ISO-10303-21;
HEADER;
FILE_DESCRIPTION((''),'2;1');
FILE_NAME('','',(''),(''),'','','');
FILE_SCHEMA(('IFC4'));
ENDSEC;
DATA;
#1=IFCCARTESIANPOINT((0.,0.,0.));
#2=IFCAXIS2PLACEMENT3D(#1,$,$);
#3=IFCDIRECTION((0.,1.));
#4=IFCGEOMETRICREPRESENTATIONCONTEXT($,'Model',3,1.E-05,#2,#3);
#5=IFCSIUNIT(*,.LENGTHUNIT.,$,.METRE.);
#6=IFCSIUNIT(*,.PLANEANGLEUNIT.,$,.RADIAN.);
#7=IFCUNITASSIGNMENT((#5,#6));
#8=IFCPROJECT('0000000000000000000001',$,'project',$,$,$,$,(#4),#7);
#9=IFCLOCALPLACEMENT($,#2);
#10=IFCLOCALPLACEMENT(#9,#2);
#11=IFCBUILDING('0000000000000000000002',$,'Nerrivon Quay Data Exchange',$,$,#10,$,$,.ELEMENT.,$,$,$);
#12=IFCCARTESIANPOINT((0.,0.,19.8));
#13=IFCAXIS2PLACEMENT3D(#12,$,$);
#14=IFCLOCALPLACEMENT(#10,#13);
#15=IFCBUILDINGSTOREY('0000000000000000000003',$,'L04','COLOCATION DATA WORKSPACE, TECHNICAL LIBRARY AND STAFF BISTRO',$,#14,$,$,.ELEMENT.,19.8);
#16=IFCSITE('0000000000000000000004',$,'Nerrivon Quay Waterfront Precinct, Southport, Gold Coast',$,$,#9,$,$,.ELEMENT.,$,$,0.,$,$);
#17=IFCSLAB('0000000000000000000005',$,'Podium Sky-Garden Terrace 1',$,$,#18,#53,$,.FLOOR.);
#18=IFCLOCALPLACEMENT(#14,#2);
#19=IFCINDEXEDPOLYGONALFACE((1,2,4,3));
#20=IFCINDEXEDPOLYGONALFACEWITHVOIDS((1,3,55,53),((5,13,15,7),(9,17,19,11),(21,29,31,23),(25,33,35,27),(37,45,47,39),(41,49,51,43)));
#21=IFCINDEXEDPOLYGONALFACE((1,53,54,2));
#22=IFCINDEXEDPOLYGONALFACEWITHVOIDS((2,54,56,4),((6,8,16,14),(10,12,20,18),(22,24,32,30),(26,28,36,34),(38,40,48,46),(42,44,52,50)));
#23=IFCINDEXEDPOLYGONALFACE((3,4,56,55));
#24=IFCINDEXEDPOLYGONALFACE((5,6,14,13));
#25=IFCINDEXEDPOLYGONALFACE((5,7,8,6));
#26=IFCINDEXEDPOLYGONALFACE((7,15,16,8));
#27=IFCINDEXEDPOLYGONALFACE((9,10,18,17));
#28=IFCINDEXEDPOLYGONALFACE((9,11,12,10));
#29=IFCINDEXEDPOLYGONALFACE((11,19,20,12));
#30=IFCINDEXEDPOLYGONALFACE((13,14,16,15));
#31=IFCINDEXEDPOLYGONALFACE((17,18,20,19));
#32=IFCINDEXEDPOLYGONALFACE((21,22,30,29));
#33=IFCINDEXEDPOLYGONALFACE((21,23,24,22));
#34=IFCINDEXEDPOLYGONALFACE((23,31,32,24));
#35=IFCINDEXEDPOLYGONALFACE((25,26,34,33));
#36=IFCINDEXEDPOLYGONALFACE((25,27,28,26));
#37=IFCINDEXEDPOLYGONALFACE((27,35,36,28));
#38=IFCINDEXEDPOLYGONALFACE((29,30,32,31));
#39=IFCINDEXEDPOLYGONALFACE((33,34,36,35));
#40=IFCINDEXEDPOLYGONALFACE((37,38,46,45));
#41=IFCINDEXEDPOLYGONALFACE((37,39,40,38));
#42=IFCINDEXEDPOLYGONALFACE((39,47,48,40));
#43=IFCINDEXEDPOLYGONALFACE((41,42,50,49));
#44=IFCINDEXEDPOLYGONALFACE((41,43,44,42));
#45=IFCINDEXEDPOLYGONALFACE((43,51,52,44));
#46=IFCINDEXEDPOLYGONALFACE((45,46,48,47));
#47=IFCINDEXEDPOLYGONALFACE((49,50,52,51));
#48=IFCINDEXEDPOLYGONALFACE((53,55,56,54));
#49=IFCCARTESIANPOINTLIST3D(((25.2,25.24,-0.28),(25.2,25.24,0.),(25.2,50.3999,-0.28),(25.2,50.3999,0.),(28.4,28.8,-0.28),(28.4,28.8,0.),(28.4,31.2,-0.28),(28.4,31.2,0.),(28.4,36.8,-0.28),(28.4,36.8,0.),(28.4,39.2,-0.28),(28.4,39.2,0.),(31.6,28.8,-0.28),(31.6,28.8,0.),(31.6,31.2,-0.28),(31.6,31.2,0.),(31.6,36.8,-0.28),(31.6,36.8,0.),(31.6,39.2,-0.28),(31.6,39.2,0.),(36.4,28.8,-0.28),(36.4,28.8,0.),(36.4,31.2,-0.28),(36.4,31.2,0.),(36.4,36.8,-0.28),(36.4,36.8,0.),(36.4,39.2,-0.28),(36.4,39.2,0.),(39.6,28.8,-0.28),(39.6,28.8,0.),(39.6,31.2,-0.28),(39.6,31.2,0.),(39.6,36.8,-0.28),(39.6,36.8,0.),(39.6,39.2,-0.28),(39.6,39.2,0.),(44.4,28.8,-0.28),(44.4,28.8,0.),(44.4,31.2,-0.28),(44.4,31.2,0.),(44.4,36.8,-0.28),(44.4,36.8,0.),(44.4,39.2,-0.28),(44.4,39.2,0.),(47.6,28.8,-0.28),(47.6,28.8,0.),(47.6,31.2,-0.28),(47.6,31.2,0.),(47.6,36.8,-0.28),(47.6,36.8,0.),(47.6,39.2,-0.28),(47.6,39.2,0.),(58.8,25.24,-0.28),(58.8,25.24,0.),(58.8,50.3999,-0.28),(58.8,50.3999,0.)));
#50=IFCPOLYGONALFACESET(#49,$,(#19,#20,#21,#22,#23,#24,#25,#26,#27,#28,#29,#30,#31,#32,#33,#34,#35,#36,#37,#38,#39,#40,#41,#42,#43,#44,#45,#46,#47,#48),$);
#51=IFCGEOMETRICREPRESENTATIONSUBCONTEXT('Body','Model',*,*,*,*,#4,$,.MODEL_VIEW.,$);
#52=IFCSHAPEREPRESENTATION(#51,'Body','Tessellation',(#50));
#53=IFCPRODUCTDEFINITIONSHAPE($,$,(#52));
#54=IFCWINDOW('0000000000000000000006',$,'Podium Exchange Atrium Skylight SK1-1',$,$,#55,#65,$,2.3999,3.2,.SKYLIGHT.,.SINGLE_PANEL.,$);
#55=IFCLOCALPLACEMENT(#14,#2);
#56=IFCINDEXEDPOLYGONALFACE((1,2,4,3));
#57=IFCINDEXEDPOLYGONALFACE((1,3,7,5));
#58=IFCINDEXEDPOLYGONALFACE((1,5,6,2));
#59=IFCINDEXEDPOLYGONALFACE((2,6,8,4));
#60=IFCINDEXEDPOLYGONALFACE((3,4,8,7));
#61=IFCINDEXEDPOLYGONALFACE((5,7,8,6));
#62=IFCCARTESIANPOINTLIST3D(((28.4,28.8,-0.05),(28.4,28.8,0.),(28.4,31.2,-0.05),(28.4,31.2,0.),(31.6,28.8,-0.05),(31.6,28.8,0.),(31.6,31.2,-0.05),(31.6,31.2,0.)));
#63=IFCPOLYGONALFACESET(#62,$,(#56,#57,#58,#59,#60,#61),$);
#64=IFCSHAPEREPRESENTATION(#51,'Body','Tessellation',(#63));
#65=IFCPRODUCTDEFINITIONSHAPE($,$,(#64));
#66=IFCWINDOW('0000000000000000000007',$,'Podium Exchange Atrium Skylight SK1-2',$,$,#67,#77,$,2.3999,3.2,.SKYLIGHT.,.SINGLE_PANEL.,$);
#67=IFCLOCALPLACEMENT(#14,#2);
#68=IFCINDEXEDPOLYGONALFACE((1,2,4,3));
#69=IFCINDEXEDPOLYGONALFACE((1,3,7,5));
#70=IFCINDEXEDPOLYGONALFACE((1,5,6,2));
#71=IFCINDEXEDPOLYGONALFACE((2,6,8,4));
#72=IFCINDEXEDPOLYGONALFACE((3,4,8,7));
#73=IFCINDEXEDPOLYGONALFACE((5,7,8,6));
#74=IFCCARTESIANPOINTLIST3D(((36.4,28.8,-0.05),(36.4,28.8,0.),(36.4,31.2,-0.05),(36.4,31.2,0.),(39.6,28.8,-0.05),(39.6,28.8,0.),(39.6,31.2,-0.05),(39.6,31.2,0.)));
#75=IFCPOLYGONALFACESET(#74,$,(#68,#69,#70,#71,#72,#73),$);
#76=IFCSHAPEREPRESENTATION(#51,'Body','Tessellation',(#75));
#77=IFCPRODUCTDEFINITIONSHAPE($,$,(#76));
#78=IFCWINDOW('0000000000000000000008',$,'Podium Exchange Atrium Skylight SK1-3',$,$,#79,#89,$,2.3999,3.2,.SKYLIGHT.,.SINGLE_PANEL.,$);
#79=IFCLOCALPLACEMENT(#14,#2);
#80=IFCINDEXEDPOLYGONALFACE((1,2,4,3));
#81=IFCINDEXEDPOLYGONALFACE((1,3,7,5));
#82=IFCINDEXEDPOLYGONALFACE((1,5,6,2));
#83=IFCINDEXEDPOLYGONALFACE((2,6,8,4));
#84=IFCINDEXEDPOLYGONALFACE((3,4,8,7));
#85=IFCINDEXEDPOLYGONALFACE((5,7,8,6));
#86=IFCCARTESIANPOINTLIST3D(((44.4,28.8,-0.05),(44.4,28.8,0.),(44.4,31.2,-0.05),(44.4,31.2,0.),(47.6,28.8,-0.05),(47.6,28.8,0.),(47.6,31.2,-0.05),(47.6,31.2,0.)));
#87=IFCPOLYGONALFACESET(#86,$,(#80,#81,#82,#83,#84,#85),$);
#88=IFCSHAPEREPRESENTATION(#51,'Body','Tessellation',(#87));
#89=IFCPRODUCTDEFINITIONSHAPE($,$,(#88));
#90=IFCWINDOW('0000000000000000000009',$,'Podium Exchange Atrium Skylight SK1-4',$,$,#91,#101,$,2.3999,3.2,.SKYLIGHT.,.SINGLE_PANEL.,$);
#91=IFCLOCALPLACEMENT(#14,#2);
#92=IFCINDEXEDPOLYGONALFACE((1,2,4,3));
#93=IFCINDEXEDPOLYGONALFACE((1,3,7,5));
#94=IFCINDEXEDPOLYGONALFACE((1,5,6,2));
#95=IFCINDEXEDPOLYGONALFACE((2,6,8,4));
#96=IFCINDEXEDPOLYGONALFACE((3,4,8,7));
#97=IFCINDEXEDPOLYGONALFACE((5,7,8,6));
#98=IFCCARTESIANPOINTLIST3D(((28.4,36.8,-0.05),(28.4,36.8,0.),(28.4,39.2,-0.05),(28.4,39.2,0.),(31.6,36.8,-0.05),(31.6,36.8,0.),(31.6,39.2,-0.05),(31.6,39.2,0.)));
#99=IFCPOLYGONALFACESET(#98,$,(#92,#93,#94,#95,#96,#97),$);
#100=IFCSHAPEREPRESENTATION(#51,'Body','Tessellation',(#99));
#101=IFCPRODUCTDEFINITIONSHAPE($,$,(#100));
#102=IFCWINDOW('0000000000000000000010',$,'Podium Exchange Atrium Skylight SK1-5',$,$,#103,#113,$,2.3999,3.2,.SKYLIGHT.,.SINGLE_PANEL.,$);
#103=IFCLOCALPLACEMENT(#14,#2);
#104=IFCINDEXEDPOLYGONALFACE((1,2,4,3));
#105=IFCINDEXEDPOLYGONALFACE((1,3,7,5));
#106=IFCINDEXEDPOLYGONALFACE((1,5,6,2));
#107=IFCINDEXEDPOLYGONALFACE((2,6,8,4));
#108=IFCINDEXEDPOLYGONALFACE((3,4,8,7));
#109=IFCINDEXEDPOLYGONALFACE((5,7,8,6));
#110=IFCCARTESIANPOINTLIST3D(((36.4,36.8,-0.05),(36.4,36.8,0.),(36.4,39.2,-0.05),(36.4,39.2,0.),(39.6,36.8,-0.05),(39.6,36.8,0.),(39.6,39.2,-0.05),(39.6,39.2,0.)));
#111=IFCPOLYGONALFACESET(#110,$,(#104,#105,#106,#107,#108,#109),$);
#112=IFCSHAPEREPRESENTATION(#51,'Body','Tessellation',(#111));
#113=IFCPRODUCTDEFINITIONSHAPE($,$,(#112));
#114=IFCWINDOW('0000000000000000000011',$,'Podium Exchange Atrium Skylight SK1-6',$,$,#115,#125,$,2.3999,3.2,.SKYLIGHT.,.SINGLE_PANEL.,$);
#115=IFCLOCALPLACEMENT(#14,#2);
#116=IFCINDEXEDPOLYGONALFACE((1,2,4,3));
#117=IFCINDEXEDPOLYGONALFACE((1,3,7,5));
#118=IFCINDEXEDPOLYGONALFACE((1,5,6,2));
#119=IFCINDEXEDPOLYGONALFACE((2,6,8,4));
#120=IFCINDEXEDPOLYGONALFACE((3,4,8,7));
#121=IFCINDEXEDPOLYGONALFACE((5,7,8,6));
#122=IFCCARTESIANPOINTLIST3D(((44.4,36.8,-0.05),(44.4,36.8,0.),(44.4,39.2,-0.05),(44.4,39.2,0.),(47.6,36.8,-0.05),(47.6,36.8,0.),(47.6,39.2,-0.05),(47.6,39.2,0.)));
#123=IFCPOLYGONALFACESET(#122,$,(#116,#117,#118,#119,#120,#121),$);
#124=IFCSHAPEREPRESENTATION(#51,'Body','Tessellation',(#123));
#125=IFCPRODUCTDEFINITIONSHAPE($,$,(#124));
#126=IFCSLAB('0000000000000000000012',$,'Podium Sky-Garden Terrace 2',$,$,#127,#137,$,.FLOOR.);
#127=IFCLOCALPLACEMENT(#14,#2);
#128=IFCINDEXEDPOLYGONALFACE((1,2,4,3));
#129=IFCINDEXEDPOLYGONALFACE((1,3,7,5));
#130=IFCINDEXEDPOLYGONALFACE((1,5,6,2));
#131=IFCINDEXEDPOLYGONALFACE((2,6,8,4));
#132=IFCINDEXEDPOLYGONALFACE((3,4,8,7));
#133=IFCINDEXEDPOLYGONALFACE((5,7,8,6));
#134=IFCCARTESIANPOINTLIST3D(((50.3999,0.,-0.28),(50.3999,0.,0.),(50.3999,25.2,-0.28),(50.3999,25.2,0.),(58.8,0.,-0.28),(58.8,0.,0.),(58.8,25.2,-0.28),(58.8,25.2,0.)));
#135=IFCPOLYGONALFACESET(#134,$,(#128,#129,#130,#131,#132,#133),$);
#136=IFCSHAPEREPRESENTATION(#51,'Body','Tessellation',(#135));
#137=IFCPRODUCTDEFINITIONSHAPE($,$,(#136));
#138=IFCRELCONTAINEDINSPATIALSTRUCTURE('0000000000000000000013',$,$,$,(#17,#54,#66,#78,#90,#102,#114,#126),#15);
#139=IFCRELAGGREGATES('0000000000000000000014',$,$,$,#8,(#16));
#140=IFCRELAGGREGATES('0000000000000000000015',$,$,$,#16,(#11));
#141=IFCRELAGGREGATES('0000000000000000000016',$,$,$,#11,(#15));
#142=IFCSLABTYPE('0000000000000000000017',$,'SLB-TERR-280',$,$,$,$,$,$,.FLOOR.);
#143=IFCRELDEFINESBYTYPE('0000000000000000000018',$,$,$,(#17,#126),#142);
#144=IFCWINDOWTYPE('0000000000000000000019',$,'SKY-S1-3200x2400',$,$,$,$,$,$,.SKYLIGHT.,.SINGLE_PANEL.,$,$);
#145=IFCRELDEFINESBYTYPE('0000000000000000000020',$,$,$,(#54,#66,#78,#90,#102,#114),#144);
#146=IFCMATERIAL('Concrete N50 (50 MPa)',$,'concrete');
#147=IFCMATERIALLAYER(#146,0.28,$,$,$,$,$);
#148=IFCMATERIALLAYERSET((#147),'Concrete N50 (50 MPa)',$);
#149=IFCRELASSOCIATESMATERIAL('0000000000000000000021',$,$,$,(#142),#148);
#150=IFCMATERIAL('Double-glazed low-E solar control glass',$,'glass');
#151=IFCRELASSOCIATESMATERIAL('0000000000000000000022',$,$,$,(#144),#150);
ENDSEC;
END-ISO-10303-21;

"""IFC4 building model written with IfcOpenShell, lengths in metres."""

from ifc_helpers import new_model, si_unit, direction, frame, origin, origin_2d, place, context, subcontext, project, spatial, polyline, rectangle, outline, extrude, material, layer, layer_set, type_object, element, fill, save


model = new_model("IFC4")

# Units and contexts
model_context = context("Model", 3, precision=1e-05, world=origin(), true_north=direction((0.0, 1.0)))
body_context = subcontext(model_context, "Body", "Model", "MODEL_VIEW")
ifc_project = project(units=[si_unit("LENGTHUNIT", "METRE"), si_unit("PLANEANGLEUNIT", "RADIAN")], contexts=[model_context])

# Site, building, storey
site_placement = place(None, origin())
site = spatial("IfcSite", under=ifc_project, at=site_placement, Name="Nerrivon Quay Waterfront Precinct, Southport, Gold Coast", CompositionType="ELEMENT", RefElevation=0.0)
building_placement = place(site_placement, origin())
building = spatial("IfcBuilding", under=site, at=building_placement, Name="Nerrivon Quay Data Exchange", CompositionType="ELEMENT")
storey_placement = place(building_placement, frame((0.0, 0.0, 19.8)))
storey = spatial("IfcBuildingStorey", under=building, at=storey_placement, Name="L04", Description="COLOCATION DATA WORKSPACE, TECHNICAL LIBRARY AND STAFF BISTRO", CompositionType="ELEMENT", Elevation=19.8)

# Shared definitions
ifc_material_1 = material(Name="Concrete N50 (50 MPa)", Category="concrete")

# Slab, openings, windows
ifc_layer_1 = layer(ifc_material_1, 0.28)
ifc_layer_set_1 = layer_set([ifc_layer_1], Name="Concrete N50 (50 MPa)")
slab_type_1 = type_object("IfcSlabType", Name="SLB-TERR-280", PredefinedType="FLOOR", material=ifc_layer_set_1)
slab_1_placement = place(storey_placement, frame((0.0, 0.0, -0.28)))
slab_1 = element("IfcSlab", 1, at=slab_1_placement, inside=storey, type_object=slab_type_1, Name="Podium Sky-Garden Terrace 1", PredefinedType="FLOOR", context=body_context, shape_type="SweptSolid", body=[
    extrude(outline(polyline([(58.8, 25.24), (58.8, 50.3999), (25.2, 50.3999), (25.2, 25.24), (58.8, 25.24)])), origin(), (0.0, 0.0, 1.0), 0.28),
])
opening_1_placement = place(slab_1_placement, frame((30.0, 30.0, -0.01)))
opening_1 = element("IfcOpeningElement", 2, at=opening_1_placement, cuts=slab_1, PredefinedType="OPENING", context=body_context, shape_type="SweptSolid", body=[
    extrude(rectangle(XDim=3.2, YDim=2.3999, at=origin_2d()), origin(), (0.0, 0.0, 1.0), 0.3),
])
opening_2_placement = place(slab_1_placement, frame((38.0, 30.0, -0.01)))
opening_2 = element("IfcOpeningElement", 3, at=opening_2_placement, cuts=slab_1, PredefinedType="OPENING", context=body_context, shape_type="SweptSolid", body=[
    extrude(rectangle(XDim=3.2, YDim=2.3999, at=origin_2d()), origin(), (0.0, 0.0, 1.0), 0.3),
])
opening_3_placement = place(slab_1_placement, frame((46.0, 30.0, -0.01)))
opening_3 = element("IfcOpeningElement", 4, at=opening_3_placement, cuts=slab_1, PredefinedType="OPENING", context=body_context, shape_type="SweptSolid", body=[
    extrude(rectangle(XDim=3.2, YDim=2.3999, at=origin_2d()), origin(), (0.0, 0.0, 1.0), 0.3),
])
opening_4_placement = place(slab_1_placement, frame((30.0, 38.0, -0.01)))
opening_4 = element("IfcOpeningElement", 5, at=opening_4_placement, cuts=slab_1, PredefinedType="OPENING", context=body_context, shape_type="SweptSolid", body=[
    extrude(rectangle(XDim=3.2, YDim=2.3999, at=origin_2d()), origin(), (0.0, 0.0, 1.0), 0.3),
])
opening_5_placement = place(slab_1_placement, frame((38.0, 38.0, -0.01)))
opening_5 = element("IfcOpeningElement", 6, at=opening_5_placement, cuts=slab_1, PredefinedType="OPENING", context=body_context, shape_type="SweptSolid", body=[
    extrude(rectangle(XDim=3.2, YDim=2.3999, at=origin_2d()), origin(), (0.0, 0.0, 1.0), 0.3),
])
opening_6_placement = place(slab_1_placement, frame((46.0, 38.0, -0.01)))
opening_6 = element("IfcOpeningElement", 7, at=opening_6_placement, cuts=slab_1, PredefinedType="OPENING", context=body_context, shape_type="SweptSolid", body=[
    extrude(rectangle(XDim=3.2, YDim=2.3999, at=origin_2d()), origin(), (0.0, 0.0, 1.0), 0.3),
])
ifc_material_2 = material(Name="Double-glazed low-E solar control glass", Category="glass")
window_type_1 = type_object("IfcWindowType", Name="SKY-S1-3200x2400", PartitioningType="SINGLE_PANEL", PredefinedType="SKYLIGHT", material=ifc_material_2)
window_1_placement = place(opening_1_placement, frame((0.0, 0.0, 0.24)))
window_1 = element("IfcWindow", 8, at=window_1_placement, inside=storey, type_object=window_type_1, Name="Podium Exchange Atrium Skylight SK1-1", OverallHeight=2.3999, OverallWidth=3.2, PartitioningType="SINGLE_PANEL", PredefinedType="SKYLIGHT", context=body_context, shape_type="SweptSolid", body=[
    extrude(rectangle(XDim=3.2, YDim=2.3999, at=origin_2d()), origin(), (0.0, 0.0, 1.0), 0.05),
])
fill(opening_1, window_1)
window_2_placement = place(opening_2_placement, frame((0.0, 0.0, 0.24)))
window_2 = element("IfcWindow", 9, at=window_2_placement, inside=storey, type_object=window_type_1, Name="Podium Exchange Atrium Skylight SK1-2", OverallHeight=2.3999, OverallWidth=3.2, PartitioningType="SINGLE_PANEL", PredefinedType="SKYLIGHT", context=body_context, shape_type="SweptSolid", body=[
    extrude(rectangle(XDim=3.2, YDim=2.3999, at=origin_2d()), origin(), (0.0, 0.0, 1.0), 0.05),
])
fill(opening_2, window_2)
window_3_placement = place(opening_3_placement, frame((0.0, 0.0, 0.24)))
window_3 = element("IfcWindow", 10, at=window_3_placement, inside=storey, type_object=window_type_1, Name="Podium Exchange Atrium Skylight SK1-3", OverallHeight=2.3999, OverallWidth=3.2, PartitioningType="SINGLE_PANEL", PredefinedType="SKYLIGHT", context=body_context, shape_type="SweptSolid", body=[
    extrude(rectangle(XDim=3.2, YDim=2.3999, at=origin_2d()), origin(), (0.0, 0.0, 1.0), 0.05),
])
fill(opening_3, window_3)
window_4_placement = place(opening_4_placement, frame((0.0, 0.0, 0.24)))
window_4 = element("IfcWindow", 11, at=window_4_placement, inside=storey, type_object=window_type_1, Name="Podium Exchange Atrium Skylight SK1-4", OverallHeight=2.3999, OverallWidth=3.2, PartitioningType="SINGLE_PANEL", PredefinedType="SKYLIGHT", context=body_context, shape_type="SweptSolid", body=[
    extrude(rectangle(XDim=3.2, YDim=2.3999, at=origin_2d()), origin(), (0.0, 0.0, 1.0), 0.05),
])
fill(opening_4, window_4)
window_5_placement = place(opening_5_placement, frame((0.0, 0.0, 0.24)))
window_5 = element("IfcWindow", 12, at=window_5_placement, inside=storey, type_object=window_type_1, Name="Podium Exchange Atrium Skylight SK1-5", OverallHeight=2.3999, OverallWidth=3.2, PartitioningType="SINGLE_PANEL", PredefinedType="SKYLIGHT", context=body_context, shape_type="SweptSolid", body=[
    extrude(rectangle(XDim=3.2, YDim=2.3999, at=origin_2d()), origin(), (0.0, 0.0, 1.0), 0.05),
])
fill(opening_5, window_5)
window_6_placement = place(opening_6_placement, frame((0.0, 0.0, 0.24)))
window_6 = element("IfcWindow", 13, at=window_6_placement, inside=storey, type_object=window_type_1, Name="Podium Exchange Atrium Skylight SK1-6", OverallHeight=2.3999, OverallWidth=3.2, PartitioningType="SINGLE_PANEL", PredefinedType="SKYLIGHT", context=body_context, shape_type="SweptSolid", body=[
    extrude(rectangle(XDim=3.2, YDim=2.3999, at=origin_2d()), origin(), (0.0, 0.0, 1.0), 0.05),
])
fill(opening_6, window_6)

# Slab
slab_2_placement = place(storey_placement, frame((0.0, 0.0, -0.28)))
element("IfcSlab", 14, at=slab_2_placement, inside=storey, type_object=slab_type_1, Name="Podium Sky-Garden Terrace 2", PredefinedType="FLOOR", context=body_context, shape_type="SweptSolid", body=[
    extrude(outline(polyline([(58.8, 0.0), (58.8, 25.2), (50.3999, 25.2), (50.3999, 0.0), (58.8, 0.0)])), origin(), (0.0, 0.0, 1.0), 0.28),
])

save(model, "model.ifc")
